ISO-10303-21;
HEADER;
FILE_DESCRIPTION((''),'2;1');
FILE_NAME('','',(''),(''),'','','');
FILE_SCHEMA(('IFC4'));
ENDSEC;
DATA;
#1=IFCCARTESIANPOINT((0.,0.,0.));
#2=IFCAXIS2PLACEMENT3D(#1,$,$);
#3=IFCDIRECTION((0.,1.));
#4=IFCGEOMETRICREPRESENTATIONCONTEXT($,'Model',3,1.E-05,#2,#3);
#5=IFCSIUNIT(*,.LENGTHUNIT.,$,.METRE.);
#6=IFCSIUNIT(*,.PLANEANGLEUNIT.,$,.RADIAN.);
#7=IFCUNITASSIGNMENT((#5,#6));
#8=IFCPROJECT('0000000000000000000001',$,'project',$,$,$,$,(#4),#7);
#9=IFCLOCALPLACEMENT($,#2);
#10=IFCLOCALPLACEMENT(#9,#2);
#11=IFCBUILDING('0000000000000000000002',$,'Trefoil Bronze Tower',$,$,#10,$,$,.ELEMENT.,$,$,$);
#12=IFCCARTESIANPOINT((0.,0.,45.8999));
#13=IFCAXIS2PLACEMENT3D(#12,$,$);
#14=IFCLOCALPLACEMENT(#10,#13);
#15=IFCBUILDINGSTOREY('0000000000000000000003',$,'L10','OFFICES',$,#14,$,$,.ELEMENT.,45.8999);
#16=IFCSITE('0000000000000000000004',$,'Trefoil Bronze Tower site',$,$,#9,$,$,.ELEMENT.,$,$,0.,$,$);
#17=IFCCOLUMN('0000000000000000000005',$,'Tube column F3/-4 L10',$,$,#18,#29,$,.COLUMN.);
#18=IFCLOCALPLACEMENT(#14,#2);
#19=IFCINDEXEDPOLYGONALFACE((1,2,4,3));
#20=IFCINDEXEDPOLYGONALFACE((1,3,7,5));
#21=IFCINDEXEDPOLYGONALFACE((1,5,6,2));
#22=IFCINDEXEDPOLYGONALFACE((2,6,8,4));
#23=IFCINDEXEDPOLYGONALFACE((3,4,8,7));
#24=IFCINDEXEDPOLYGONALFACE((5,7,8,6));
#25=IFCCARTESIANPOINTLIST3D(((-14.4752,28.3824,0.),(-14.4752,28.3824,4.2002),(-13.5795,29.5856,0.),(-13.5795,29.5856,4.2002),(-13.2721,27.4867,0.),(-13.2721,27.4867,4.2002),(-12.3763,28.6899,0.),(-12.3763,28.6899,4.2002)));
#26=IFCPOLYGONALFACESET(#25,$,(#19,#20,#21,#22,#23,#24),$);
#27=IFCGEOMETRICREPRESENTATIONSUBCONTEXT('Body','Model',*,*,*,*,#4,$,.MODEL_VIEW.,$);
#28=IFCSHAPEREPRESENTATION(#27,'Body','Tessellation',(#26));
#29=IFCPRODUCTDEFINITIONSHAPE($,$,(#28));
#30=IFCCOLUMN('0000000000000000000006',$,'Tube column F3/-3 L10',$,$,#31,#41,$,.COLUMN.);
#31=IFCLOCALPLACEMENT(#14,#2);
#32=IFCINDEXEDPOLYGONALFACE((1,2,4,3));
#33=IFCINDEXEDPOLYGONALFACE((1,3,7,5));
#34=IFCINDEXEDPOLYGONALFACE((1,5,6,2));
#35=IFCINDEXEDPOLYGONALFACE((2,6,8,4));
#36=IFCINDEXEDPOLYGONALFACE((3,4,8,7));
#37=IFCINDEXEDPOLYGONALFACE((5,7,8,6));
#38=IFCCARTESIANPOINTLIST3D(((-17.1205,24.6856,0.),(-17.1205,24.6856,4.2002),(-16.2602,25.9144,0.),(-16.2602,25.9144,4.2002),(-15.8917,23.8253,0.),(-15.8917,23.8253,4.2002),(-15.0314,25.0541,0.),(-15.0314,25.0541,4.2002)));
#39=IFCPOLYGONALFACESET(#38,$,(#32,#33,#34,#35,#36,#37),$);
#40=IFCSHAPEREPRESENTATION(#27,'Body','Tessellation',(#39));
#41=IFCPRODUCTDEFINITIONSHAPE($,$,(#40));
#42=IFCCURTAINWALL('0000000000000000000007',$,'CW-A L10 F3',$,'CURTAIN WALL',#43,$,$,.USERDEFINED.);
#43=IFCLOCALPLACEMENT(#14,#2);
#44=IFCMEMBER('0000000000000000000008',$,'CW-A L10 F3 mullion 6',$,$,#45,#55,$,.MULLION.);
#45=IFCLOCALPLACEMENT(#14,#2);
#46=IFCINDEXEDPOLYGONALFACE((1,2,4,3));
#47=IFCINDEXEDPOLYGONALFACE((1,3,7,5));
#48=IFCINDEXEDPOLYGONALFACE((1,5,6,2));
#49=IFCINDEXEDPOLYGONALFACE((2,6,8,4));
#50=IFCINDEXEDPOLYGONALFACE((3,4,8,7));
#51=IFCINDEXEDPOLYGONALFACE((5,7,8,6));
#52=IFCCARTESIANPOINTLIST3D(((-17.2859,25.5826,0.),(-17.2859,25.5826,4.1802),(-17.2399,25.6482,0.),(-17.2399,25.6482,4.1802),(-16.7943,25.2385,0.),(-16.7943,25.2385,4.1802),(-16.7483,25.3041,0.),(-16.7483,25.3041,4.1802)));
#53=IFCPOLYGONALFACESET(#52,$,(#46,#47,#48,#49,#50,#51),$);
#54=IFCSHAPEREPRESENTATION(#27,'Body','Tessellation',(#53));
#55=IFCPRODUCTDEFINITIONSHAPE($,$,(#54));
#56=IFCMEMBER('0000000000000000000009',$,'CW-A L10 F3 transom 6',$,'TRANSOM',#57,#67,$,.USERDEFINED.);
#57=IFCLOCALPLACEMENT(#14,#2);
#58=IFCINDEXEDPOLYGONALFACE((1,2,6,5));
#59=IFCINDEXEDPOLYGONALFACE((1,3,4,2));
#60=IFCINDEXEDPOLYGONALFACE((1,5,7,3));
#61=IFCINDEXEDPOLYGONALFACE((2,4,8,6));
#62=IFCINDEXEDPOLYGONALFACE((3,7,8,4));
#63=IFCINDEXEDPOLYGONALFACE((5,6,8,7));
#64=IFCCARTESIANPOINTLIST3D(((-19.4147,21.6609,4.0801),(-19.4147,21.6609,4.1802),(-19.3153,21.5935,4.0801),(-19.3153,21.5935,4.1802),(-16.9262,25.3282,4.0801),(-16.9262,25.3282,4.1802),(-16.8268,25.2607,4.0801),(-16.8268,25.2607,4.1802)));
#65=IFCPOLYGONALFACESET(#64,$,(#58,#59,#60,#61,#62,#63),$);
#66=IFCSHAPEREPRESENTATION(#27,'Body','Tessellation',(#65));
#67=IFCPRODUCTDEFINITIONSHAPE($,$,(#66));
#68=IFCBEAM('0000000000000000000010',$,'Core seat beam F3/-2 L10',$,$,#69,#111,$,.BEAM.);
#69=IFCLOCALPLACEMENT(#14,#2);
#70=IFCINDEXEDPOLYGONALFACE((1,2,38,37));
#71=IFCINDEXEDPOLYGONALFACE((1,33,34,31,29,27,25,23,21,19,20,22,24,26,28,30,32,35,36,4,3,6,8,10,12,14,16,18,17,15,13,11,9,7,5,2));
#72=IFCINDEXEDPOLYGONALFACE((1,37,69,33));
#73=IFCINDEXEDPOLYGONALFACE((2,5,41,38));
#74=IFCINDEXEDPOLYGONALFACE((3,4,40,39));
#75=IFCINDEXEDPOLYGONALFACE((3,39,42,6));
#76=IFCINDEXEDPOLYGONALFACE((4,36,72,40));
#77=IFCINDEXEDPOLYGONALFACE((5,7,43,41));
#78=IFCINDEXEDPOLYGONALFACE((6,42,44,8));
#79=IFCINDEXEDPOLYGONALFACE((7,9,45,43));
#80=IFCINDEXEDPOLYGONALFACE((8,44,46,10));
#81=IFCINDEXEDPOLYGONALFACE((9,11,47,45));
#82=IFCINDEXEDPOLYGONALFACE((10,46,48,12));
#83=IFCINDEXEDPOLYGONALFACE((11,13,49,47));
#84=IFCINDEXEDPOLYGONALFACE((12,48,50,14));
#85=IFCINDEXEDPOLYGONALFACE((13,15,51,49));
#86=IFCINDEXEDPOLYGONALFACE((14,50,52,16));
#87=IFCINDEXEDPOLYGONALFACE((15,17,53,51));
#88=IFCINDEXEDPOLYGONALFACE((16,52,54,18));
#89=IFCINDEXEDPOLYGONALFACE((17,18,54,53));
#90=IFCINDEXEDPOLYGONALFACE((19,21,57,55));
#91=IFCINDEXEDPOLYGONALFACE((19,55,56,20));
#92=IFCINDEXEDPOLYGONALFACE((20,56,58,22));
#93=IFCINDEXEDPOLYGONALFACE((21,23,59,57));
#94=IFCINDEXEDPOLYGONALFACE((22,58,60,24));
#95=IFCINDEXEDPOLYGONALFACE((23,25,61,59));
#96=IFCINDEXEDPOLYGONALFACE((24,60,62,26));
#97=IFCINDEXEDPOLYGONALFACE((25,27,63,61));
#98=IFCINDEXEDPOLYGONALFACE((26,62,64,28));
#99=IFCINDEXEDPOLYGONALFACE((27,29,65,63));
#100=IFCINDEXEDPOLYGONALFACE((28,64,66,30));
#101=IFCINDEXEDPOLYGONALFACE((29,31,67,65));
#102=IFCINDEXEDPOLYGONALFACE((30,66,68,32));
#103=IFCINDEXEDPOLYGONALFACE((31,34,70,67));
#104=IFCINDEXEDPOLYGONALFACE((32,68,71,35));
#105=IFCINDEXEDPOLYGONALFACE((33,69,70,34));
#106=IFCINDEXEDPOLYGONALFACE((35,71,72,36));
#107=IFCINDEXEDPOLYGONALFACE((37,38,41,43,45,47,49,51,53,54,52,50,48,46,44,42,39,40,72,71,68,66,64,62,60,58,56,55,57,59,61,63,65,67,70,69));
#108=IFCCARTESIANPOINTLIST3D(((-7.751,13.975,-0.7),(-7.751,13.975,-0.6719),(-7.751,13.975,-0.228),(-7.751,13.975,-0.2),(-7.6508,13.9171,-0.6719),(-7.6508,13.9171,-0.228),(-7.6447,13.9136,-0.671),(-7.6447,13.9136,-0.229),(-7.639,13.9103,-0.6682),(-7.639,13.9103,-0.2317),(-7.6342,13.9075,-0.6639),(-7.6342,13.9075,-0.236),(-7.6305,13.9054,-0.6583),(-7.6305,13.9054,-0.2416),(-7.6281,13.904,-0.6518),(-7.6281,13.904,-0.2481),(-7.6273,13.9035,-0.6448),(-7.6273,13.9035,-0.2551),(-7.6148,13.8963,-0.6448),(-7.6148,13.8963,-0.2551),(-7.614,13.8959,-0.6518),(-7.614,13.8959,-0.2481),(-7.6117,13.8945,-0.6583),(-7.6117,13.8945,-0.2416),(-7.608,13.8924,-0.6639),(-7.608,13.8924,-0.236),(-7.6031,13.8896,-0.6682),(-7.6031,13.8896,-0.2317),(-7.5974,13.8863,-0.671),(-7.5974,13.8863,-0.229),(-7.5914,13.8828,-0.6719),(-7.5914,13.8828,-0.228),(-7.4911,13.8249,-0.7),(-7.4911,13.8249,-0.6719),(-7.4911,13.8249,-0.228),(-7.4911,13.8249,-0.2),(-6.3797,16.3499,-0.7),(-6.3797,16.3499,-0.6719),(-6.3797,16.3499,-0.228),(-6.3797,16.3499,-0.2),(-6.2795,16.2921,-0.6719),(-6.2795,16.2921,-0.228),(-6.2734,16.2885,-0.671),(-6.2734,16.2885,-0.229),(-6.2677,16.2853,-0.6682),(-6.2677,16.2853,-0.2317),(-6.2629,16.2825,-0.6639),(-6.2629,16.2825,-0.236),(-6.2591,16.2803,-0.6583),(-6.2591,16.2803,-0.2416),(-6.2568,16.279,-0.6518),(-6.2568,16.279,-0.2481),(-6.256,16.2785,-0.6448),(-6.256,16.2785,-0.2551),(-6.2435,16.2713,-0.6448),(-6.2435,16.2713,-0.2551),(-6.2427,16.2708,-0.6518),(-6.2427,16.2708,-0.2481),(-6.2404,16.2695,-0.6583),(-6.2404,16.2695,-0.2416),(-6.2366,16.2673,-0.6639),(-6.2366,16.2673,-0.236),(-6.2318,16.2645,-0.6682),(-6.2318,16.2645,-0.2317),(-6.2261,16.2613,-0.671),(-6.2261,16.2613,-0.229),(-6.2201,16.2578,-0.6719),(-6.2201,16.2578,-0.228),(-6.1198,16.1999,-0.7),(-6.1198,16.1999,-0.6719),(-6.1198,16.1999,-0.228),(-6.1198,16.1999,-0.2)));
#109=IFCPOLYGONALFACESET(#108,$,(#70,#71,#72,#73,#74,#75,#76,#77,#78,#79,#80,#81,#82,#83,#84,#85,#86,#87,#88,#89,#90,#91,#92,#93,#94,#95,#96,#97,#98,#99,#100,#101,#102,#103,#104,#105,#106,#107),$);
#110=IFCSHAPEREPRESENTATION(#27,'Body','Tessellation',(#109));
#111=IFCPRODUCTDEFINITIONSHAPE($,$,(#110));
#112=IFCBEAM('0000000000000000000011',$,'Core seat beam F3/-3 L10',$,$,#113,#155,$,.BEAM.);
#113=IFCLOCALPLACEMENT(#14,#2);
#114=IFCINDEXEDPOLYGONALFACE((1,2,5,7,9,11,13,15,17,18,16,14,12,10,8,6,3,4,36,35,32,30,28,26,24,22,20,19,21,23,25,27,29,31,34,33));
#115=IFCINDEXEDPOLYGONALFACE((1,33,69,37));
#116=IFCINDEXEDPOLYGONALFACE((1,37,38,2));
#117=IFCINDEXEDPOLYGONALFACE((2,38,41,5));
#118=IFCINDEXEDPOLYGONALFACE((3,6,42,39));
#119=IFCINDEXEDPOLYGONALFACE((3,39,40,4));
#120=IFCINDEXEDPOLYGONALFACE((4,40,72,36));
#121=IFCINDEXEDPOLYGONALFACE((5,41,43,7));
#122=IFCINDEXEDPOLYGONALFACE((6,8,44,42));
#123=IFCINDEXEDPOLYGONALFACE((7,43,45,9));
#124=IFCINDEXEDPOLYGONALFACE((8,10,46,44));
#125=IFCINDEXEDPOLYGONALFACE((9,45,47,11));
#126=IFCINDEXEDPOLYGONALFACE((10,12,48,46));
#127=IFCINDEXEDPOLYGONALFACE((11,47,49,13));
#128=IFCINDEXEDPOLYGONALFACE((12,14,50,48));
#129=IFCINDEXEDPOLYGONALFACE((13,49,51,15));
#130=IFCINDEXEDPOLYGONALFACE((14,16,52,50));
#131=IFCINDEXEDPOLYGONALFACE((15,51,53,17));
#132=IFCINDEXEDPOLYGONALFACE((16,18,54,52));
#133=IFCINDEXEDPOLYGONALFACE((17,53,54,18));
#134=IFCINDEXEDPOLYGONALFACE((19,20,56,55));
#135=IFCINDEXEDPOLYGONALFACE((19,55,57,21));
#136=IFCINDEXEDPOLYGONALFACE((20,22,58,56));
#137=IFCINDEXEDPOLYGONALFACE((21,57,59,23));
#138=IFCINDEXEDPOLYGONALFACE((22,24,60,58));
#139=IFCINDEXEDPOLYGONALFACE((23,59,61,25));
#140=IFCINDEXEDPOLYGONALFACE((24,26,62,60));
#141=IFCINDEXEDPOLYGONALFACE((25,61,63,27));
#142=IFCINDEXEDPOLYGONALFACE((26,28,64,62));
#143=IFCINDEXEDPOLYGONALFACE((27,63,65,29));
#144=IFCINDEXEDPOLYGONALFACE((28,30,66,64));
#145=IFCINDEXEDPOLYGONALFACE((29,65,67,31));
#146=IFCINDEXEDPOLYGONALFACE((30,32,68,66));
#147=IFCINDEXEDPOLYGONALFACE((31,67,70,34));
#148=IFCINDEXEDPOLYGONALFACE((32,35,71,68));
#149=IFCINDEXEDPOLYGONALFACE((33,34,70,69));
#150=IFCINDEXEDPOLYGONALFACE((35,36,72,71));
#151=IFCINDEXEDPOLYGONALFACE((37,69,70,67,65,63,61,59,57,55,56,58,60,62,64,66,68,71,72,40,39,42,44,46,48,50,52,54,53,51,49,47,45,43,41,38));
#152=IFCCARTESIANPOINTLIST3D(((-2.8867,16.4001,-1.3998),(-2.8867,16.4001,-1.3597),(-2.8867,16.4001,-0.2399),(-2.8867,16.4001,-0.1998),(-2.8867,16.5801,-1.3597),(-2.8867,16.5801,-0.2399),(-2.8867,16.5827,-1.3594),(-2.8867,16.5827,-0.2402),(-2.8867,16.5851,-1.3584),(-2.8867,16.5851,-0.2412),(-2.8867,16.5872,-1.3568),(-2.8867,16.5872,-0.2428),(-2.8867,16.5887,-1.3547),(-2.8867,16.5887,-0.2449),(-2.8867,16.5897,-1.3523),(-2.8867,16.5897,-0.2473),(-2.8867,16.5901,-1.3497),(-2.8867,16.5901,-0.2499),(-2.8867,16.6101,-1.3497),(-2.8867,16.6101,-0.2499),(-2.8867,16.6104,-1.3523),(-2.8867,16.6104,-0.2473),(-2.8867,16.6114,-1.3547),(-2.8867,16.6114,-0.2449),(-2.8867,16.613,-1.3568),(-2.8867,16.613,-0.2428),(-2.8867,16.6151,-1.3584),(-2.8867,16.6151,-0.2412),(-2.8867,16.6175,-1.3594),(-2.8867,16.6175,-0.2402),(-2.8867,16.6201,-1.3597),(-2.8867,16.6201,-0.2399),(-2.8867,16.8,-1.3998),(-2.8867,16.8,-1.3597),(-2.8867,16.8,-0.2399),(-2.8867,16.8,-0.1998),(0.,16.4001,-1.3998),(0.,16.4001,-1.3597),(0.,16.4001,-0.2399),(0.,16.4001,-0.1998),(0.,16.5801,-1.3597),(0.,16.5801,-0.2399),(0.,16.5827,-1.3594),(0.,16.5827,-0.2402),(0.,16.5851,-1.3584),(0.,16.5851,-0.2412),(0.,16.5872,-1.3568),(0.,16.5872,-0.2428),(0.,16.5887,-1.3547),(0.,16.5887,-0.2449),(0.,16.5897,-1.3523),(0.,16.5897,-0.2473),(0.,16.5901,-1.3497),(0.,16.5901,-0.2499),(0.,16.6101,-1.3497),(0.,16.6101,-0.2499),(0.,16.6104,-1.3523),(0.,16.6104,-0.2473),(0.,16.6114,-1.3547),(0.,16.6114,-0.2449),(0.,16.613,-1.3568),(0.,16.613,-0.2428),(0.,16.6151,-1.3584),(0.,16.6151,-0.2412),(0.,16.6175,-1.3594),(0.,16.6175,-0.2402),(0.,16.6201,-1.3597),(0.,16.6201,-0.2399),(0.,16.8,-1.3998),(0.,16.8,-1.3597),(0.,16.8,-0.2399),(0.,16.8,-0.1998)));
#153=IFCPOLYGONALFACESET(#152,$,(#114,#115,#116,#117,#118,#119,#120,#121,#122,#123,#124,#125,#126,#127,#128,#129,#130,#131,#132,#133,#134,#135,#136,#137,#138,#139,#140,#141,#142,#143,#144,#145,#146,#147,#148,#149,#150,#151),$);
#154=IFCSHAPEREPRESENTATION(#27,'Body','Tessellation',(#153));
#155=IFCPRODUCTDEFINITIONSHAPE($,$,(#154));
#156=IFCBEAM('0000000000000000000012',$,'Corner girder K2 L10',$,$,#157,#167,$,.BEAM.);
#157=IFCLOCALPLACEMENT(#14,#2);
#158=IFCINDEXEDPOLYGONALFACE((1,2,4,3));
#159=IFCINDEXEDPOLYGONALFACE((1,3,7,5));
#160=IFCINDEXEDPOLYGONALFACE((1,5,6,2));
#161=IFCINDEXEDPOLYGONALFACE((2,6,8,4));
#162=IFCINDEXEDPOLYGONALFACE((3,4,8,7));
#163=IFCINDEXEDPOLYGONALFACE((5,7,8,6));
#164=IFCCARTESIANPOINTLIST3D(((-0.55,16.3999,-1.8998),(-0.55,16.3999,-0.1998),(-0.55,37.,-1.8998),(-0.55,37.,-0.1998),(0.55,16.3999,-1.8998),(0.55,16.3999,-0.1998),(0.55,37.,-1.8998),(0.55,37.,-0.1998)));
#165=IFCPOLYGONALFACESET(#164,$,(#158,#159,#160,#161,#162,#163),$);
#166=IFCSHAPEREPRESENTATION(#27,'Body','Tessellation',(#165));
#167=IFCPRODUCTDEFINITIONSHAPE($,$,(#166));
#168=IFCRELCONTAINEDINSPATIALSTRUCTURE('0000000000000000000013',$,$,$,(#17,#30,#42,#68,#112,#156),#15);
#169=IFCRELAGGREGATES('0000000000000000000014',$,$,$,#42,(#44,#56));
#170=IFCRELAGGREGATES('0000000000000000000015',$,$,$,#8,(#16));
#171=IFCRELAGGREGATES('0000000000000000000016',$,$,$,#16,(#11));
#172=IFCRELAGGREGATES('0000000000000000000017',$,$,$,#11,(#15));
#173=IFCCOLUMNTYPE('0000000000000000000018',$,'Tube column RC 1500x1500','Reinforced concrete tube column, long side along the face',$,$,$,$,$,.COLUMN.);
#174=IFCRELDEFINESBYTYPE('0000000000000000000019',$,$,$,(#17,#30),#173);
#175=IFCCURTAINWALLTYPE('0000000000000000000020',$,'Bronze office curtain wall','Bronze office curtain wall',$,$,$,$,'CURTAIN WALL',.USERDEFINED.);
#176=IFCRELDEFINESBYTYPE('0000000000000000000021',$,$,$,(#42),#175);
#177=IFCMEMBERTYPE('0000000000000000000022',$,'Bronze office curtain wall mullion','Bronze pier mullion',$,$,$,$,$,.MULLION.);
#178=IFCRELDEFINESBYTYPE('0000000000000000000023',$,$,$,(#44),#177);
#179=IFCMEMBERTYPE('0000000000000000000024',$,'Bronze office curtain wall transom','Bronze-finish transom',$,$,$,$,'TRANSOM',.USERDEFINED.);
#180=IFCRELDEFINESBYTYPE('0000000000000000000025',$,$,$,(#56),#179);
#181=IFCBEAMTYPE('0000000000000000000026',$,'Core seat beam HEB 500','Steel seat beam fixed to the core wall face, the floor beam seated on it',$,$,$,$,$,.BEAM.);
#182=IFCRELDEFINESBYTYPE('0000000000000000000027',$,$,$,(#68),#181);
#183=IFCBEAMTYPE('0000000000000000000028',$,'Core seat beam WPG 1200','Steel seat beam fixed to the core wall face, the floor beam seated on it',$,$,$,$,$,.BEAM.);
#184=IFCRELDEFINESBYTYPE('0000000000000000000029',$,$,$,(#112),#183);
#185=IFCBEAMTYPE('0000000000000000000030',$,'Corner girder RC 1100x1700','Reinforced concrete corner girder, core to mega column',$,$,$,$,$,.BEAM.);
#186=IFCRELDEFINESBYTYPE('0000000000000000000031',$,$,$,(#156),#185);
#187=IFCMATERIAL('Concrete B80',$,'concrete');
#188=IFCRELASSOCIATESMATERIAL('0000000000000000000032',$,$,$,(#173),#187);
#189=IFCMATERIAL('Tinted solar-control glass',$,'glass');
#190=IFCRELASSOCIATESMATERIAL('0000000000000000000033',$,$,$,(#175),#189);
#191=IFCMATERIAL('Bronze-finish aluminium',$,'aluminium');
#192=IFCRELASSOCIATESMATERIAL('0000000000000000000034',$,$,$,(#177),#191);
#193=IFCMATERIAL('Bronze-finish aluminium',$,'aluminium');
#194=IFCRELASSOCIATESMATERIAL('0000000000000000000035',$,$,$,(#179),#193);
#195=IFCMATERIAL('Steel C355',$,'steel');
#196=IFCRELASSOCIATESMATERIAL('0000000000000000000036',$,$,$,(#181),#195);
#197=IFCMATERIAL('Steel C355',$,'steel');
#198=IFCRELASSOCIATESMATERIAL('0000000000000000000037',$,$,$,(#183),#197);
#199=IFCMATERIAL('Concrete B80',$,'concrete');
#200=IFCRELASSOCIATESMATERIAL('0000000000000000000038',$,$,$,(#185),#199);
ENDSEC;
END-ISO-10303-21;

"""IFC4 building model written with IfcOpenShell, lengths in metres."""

from ifc_helpers import new_model, si_unit, direction, frame, origin, origin_2d, place, context, subcontext, project, spatial, rectangle, i_section, extrude, material, material_profile, profile_set, type_object, element, aggregate, save


model = new_model("IFC4")

# Units and contexts
model_context = context("Model", 3, precision=1e-05, world=origin(), true_north=direction((0.0, 1.0)))
body_context = subcontext(model_context, "Body", "Model", "MODEL_VIEW")
ifc_project = project(units=[si_unit("LENGTHUNIT", "METRE"), si_unit("PLANEANGLEUNIT", "RADIAN")], contexts=[model_context])

# Site, building, storey
site_placement = place(None, origin())
site = spatial("IfcSite", under=ifc_project, at=site_placement, Name="Trefoil Bronze Tower site", CompositionType="ELEMENT", RefElevation=0.0)
building_placement = place(site_placement, origin())
building = spatial("IfcBuilding", under=site, at=building_placement, Name="Trefoil Bronze Tower", CompositionType="ELEMENT")
storey_placement = place(building_placement, frame((0.0, 0.0, 45.8999)))
storey = spatial("IfcBuildingStorey", under=building, at=storey_placement, Name="L10", Description="OFFICES", CompositionType="ELEMENT", Elevation=45.8999)

# Columns
ifc_material_1 = material(Name="Concrete B80", Category="concrete")
ifc_material_profile_1 = material_profile(ifc_material_1, rectangle(XDim=1.5, YDim=1.5, at=origin_2d()), Name="RC 1500x1500")
ifc_profile_set_1 = profile_set([ifc_material_profile_1], Name="Concrete B80")
column_type = type_object("IfcColumnType", Name="Tube column RC 1500x1500", Description="Reinforced concrete tube column, long side along the face", PredefinedType="COLUMN", material=ifc_profile_set_1)
for number, where, z_axis, x_axis, name in (
    (1, (-13.4258, 28.5361, 0.0), (0.0, 0.0, 1.0), (-0.597154, -0.802127, 0.0), "Tube column F3/-4 L10"),
    (2, (-16.0759, 24.8699, 0.0), (0.0, 0.0, 1.0), (-0.573502, -0.819204, 0.0), "Tube column F3/-3 L10"),
):
    element("IfcColumn", number, at=place(storey_placement, frame(where, z_axis=z_axis, x_axis=x_axis)), inside=storey, type_object=column_type, Name=name, PredefinedType="COLUMN", context=body_context, shape_type="SweptSolid", body=[
        extrude(rectangle(XDim=1.5, YDim=1.5, at=origin_2d()), origin(), (0.0, 0.0, 1.0), 4.2002),
    ])

# Curtain wall, members
ifc_material_2 = material(Name="Tinted solar-control glass", Category="glass")
curtain_wall_type = type_object("IfcCurtainWallType", Name="Bronze office curtain wall", Description="Bronze office curtain wall", ElementType="CURTAIN WALL", PredefinedType="USERDEFINED", material=ifc_material_2)
curtain_wall_placement = place(storey_placement, origin())
curtain_wall = element("IfcCurtainWall", 3, at=curtain_wall_placement, inside=storey, type_object=curtain_wall_type, Name="CW-A L10 F3", ObjectType="CURTAIN WALL", PredefinedType="USERDEFINED")
ifc_material_3 = material(Name="Bronze-finish aluminium", Category="aluminium")
ifc_material_profile_2 = material_profile(ifc_material_3, rectangle(XDim=0.6001, YDim=0.0801, at=origin_2d()), Name="CW-A mullion")
ifc_profile_set_2 = profile_set([ifc_material_profile_2], Name="Bronze-finish aluminium")
member_type_1 = type_object("IfcMemberType", Name="Bronze office curtain wall mullion", Description="Bronze pier mullion", PredefinedType="MULLION", material=ifc_profile_set_2)
member_1_placement = place(storey_placement, frame((-17.0171, 25.4434, 0.0), z_axis=(0.0, 0.0, 1.0), x_axis=(0.819204, -0.573502, 0.0)))
member_1 = element("IfcMember", 4, at=member_1_placement, type_object=member_type_1, Name="CW-A L10 F3 mullion 6", PredefinedType="MULLION", context=body_context, shape_type="SweptSolid", body=[
    extrude(rectangle(XDim=0.6001, YDim=0.0801, at=origin_2d()), origin(), (0.0, 0.0, 1.0), 4.1802),
])
ifc_material_4 = material(Name="Bronze-finish aluminium", Category="aluminium")
ifc_material_profile_3 = material_profile(ifc_material_4, rectangle(XDim=0.1201, YDim=0.1001, at=origin_2d()), Name="CW-A transom")
ifc_profile_set_3 = profile_set([ifc_material_profile_3], Name="Bronze-finish aluminium")
member_type_2 = type_object("IfcMemberType", Name="Bronze office curtain wall transom", Description="Bronze-finish transom", ElementType="TRANSOM", PredefinedType="USERDEFINED", material=ifc_profile_set_3)
member_2_placement = place(storey_placement, frame((-16.8765, 25.2944, 4.1301), z_axis=(-0.561508, -0.827471, 0.0), x_axis=(0.827471, -0.561508, 0.0)))
member_2 = element("IfcMember", 5, at=member_2_placement, type_object=member_type_2, Name="CW-A L10 F3 transom 6", ObjectType="TRANSOM", PredefinedType="USERDEFINED", context=body_context, shape_type="SweptSolid", body=[
    extrude(rectangle(XDim=0.1201, YDim=0.1001, at=origin_2d()), origin(), (0.0, 0.0, 1.0), 4.4319),
])

# Beams
ifc_material_5 = material(Name="Steel C355", Category="steel")
ifc_material_profile_4 = material_profile(ifc_material_5, i_section(OverallWidth=0.3, OverallDepth=0.5, WebThickness=0.0144, FlangeThickness=0.0281, FilletRadius=0.0271, at=origin_2d()), Name="HEB 500")
ifc_profile_set_4 = profile_set([ifc_material_profile_4], Name="Steel C355")
beam_type_1 = type_object("IfcBeamType", Name="Core seat beam HEB 500", Description="Steel seat beam fixed to the core wall face, the floor beam seated on it", PredefinedType="BEAM", material=ifc_profile_set_4)
beam_1_placement = place(storey_placement, frame((-6.2498, 16.2749, -0.45), z_axis=(-0.500036, -0.866005, 0.0), x_axis=(0.866005, -0.500036, 0.0)))
element("IfcBeam", 6, at=beam_1_placement, inside=storey, type_object=beam_type_1, Name="Core seat beam F3/-2 L10", PredefinedType="BEAM", context=body_context, shape_type="SweptSolid", body=[
    extrude(i_section(OverallWidth=0.3, OverallDepth=0.5, WebThickness=0.0144, FlangeThickness=0.0281, FilletRadius=0.0271, at=origin_2d()), origin(), (0.0, 0.0, 1.0), 2.7424),
])
ifc_material_6 = material(Name="Steel C355", Category="steel")
ifc_material_profile_5 = material_profile(ifc_material_6, i_section(OverallWidth=0.3999, OverallDepth=1.2, WebThickness=0.02, FlangeThickness=0.04, FilletRadius=0.01, at=origin_2d()), Name="WPG 1200")
ifc_profile_set_5 = profile_set([ifc_material_profile_5], Name="Steel C355")
beam_type_2 = type_object("IfcBeamType", Name="Core seat beam WPG 1200", Description="Steel seat beam fixed to the core wall face, the floor beam seated on it", PredefinedType="BEAM", material=ifc_profile_set_5)
beam_2_placement = place(storey_placement, frame((0.0, 16.6001, -0.7998), z_axis=(-1.0, 0.0, 0.0), x_axis=(0.0, -1.0, 0.0)))
element("IfcBeam", 7, at=beam_2_placement, inside=storey, type_object=beam_type_2, Name="Core seat beam F3/-3 L10", PredefinedType="BEAM", context=body_context, shape_type="SweptSolid", body=[
    extrude(i_section(OverallWidth=0.3999, OverallDepth=1.2, WebThickness=0.02, FlangeThickness=0.04, FilletRadius=0.01, at=origin_2d()), origin(), (0.0, 0.0, 1.0), 2.8867),
])
ifc_material_7 = material(Name="Concrete B80", Category="concrete")
ifc_material_profile_6 = material_profile(ifc_material_7, rectangle(XDim=1.1001, YDim=1.7, at=origin_2d()), Name="RC 1100x1700")
ifc_profile_set_6 = profile_set([ifc_material_profile_6], Name="Concrete B80")
beam_type_3 = type_object("IfcBeamType", Name="Corner girder RC 1100x1700", Description="Reinforced concrete corner girder, core to mega column", PredefinedType="BEAM", material=ifc_profile_set_6)
beam_3_placement = place(storey_placement, frame((0.0, 16.3999, -1.0498), z_axis=(0.0, 1.0, 0.0), x_axis=(-1.0, 0.0, 0.0)))
element("IfcBeam", 8, at=beam_3_placement, inside=storey, type_object=beam_type_3, Name="Corner girder K2 L10", PredefinedType="BEAM", context=body_context, shape_type="SweptSolid", body=[
    extrude(rectangle(XDim=1.1001, YDim=1.7, at=origin_2d()), origin(), (0.0, 0.0, 1.0), 20.6001),
])

aggregate(curtain_wall, [member_1, member_2])

save(model, "model.ifc")
